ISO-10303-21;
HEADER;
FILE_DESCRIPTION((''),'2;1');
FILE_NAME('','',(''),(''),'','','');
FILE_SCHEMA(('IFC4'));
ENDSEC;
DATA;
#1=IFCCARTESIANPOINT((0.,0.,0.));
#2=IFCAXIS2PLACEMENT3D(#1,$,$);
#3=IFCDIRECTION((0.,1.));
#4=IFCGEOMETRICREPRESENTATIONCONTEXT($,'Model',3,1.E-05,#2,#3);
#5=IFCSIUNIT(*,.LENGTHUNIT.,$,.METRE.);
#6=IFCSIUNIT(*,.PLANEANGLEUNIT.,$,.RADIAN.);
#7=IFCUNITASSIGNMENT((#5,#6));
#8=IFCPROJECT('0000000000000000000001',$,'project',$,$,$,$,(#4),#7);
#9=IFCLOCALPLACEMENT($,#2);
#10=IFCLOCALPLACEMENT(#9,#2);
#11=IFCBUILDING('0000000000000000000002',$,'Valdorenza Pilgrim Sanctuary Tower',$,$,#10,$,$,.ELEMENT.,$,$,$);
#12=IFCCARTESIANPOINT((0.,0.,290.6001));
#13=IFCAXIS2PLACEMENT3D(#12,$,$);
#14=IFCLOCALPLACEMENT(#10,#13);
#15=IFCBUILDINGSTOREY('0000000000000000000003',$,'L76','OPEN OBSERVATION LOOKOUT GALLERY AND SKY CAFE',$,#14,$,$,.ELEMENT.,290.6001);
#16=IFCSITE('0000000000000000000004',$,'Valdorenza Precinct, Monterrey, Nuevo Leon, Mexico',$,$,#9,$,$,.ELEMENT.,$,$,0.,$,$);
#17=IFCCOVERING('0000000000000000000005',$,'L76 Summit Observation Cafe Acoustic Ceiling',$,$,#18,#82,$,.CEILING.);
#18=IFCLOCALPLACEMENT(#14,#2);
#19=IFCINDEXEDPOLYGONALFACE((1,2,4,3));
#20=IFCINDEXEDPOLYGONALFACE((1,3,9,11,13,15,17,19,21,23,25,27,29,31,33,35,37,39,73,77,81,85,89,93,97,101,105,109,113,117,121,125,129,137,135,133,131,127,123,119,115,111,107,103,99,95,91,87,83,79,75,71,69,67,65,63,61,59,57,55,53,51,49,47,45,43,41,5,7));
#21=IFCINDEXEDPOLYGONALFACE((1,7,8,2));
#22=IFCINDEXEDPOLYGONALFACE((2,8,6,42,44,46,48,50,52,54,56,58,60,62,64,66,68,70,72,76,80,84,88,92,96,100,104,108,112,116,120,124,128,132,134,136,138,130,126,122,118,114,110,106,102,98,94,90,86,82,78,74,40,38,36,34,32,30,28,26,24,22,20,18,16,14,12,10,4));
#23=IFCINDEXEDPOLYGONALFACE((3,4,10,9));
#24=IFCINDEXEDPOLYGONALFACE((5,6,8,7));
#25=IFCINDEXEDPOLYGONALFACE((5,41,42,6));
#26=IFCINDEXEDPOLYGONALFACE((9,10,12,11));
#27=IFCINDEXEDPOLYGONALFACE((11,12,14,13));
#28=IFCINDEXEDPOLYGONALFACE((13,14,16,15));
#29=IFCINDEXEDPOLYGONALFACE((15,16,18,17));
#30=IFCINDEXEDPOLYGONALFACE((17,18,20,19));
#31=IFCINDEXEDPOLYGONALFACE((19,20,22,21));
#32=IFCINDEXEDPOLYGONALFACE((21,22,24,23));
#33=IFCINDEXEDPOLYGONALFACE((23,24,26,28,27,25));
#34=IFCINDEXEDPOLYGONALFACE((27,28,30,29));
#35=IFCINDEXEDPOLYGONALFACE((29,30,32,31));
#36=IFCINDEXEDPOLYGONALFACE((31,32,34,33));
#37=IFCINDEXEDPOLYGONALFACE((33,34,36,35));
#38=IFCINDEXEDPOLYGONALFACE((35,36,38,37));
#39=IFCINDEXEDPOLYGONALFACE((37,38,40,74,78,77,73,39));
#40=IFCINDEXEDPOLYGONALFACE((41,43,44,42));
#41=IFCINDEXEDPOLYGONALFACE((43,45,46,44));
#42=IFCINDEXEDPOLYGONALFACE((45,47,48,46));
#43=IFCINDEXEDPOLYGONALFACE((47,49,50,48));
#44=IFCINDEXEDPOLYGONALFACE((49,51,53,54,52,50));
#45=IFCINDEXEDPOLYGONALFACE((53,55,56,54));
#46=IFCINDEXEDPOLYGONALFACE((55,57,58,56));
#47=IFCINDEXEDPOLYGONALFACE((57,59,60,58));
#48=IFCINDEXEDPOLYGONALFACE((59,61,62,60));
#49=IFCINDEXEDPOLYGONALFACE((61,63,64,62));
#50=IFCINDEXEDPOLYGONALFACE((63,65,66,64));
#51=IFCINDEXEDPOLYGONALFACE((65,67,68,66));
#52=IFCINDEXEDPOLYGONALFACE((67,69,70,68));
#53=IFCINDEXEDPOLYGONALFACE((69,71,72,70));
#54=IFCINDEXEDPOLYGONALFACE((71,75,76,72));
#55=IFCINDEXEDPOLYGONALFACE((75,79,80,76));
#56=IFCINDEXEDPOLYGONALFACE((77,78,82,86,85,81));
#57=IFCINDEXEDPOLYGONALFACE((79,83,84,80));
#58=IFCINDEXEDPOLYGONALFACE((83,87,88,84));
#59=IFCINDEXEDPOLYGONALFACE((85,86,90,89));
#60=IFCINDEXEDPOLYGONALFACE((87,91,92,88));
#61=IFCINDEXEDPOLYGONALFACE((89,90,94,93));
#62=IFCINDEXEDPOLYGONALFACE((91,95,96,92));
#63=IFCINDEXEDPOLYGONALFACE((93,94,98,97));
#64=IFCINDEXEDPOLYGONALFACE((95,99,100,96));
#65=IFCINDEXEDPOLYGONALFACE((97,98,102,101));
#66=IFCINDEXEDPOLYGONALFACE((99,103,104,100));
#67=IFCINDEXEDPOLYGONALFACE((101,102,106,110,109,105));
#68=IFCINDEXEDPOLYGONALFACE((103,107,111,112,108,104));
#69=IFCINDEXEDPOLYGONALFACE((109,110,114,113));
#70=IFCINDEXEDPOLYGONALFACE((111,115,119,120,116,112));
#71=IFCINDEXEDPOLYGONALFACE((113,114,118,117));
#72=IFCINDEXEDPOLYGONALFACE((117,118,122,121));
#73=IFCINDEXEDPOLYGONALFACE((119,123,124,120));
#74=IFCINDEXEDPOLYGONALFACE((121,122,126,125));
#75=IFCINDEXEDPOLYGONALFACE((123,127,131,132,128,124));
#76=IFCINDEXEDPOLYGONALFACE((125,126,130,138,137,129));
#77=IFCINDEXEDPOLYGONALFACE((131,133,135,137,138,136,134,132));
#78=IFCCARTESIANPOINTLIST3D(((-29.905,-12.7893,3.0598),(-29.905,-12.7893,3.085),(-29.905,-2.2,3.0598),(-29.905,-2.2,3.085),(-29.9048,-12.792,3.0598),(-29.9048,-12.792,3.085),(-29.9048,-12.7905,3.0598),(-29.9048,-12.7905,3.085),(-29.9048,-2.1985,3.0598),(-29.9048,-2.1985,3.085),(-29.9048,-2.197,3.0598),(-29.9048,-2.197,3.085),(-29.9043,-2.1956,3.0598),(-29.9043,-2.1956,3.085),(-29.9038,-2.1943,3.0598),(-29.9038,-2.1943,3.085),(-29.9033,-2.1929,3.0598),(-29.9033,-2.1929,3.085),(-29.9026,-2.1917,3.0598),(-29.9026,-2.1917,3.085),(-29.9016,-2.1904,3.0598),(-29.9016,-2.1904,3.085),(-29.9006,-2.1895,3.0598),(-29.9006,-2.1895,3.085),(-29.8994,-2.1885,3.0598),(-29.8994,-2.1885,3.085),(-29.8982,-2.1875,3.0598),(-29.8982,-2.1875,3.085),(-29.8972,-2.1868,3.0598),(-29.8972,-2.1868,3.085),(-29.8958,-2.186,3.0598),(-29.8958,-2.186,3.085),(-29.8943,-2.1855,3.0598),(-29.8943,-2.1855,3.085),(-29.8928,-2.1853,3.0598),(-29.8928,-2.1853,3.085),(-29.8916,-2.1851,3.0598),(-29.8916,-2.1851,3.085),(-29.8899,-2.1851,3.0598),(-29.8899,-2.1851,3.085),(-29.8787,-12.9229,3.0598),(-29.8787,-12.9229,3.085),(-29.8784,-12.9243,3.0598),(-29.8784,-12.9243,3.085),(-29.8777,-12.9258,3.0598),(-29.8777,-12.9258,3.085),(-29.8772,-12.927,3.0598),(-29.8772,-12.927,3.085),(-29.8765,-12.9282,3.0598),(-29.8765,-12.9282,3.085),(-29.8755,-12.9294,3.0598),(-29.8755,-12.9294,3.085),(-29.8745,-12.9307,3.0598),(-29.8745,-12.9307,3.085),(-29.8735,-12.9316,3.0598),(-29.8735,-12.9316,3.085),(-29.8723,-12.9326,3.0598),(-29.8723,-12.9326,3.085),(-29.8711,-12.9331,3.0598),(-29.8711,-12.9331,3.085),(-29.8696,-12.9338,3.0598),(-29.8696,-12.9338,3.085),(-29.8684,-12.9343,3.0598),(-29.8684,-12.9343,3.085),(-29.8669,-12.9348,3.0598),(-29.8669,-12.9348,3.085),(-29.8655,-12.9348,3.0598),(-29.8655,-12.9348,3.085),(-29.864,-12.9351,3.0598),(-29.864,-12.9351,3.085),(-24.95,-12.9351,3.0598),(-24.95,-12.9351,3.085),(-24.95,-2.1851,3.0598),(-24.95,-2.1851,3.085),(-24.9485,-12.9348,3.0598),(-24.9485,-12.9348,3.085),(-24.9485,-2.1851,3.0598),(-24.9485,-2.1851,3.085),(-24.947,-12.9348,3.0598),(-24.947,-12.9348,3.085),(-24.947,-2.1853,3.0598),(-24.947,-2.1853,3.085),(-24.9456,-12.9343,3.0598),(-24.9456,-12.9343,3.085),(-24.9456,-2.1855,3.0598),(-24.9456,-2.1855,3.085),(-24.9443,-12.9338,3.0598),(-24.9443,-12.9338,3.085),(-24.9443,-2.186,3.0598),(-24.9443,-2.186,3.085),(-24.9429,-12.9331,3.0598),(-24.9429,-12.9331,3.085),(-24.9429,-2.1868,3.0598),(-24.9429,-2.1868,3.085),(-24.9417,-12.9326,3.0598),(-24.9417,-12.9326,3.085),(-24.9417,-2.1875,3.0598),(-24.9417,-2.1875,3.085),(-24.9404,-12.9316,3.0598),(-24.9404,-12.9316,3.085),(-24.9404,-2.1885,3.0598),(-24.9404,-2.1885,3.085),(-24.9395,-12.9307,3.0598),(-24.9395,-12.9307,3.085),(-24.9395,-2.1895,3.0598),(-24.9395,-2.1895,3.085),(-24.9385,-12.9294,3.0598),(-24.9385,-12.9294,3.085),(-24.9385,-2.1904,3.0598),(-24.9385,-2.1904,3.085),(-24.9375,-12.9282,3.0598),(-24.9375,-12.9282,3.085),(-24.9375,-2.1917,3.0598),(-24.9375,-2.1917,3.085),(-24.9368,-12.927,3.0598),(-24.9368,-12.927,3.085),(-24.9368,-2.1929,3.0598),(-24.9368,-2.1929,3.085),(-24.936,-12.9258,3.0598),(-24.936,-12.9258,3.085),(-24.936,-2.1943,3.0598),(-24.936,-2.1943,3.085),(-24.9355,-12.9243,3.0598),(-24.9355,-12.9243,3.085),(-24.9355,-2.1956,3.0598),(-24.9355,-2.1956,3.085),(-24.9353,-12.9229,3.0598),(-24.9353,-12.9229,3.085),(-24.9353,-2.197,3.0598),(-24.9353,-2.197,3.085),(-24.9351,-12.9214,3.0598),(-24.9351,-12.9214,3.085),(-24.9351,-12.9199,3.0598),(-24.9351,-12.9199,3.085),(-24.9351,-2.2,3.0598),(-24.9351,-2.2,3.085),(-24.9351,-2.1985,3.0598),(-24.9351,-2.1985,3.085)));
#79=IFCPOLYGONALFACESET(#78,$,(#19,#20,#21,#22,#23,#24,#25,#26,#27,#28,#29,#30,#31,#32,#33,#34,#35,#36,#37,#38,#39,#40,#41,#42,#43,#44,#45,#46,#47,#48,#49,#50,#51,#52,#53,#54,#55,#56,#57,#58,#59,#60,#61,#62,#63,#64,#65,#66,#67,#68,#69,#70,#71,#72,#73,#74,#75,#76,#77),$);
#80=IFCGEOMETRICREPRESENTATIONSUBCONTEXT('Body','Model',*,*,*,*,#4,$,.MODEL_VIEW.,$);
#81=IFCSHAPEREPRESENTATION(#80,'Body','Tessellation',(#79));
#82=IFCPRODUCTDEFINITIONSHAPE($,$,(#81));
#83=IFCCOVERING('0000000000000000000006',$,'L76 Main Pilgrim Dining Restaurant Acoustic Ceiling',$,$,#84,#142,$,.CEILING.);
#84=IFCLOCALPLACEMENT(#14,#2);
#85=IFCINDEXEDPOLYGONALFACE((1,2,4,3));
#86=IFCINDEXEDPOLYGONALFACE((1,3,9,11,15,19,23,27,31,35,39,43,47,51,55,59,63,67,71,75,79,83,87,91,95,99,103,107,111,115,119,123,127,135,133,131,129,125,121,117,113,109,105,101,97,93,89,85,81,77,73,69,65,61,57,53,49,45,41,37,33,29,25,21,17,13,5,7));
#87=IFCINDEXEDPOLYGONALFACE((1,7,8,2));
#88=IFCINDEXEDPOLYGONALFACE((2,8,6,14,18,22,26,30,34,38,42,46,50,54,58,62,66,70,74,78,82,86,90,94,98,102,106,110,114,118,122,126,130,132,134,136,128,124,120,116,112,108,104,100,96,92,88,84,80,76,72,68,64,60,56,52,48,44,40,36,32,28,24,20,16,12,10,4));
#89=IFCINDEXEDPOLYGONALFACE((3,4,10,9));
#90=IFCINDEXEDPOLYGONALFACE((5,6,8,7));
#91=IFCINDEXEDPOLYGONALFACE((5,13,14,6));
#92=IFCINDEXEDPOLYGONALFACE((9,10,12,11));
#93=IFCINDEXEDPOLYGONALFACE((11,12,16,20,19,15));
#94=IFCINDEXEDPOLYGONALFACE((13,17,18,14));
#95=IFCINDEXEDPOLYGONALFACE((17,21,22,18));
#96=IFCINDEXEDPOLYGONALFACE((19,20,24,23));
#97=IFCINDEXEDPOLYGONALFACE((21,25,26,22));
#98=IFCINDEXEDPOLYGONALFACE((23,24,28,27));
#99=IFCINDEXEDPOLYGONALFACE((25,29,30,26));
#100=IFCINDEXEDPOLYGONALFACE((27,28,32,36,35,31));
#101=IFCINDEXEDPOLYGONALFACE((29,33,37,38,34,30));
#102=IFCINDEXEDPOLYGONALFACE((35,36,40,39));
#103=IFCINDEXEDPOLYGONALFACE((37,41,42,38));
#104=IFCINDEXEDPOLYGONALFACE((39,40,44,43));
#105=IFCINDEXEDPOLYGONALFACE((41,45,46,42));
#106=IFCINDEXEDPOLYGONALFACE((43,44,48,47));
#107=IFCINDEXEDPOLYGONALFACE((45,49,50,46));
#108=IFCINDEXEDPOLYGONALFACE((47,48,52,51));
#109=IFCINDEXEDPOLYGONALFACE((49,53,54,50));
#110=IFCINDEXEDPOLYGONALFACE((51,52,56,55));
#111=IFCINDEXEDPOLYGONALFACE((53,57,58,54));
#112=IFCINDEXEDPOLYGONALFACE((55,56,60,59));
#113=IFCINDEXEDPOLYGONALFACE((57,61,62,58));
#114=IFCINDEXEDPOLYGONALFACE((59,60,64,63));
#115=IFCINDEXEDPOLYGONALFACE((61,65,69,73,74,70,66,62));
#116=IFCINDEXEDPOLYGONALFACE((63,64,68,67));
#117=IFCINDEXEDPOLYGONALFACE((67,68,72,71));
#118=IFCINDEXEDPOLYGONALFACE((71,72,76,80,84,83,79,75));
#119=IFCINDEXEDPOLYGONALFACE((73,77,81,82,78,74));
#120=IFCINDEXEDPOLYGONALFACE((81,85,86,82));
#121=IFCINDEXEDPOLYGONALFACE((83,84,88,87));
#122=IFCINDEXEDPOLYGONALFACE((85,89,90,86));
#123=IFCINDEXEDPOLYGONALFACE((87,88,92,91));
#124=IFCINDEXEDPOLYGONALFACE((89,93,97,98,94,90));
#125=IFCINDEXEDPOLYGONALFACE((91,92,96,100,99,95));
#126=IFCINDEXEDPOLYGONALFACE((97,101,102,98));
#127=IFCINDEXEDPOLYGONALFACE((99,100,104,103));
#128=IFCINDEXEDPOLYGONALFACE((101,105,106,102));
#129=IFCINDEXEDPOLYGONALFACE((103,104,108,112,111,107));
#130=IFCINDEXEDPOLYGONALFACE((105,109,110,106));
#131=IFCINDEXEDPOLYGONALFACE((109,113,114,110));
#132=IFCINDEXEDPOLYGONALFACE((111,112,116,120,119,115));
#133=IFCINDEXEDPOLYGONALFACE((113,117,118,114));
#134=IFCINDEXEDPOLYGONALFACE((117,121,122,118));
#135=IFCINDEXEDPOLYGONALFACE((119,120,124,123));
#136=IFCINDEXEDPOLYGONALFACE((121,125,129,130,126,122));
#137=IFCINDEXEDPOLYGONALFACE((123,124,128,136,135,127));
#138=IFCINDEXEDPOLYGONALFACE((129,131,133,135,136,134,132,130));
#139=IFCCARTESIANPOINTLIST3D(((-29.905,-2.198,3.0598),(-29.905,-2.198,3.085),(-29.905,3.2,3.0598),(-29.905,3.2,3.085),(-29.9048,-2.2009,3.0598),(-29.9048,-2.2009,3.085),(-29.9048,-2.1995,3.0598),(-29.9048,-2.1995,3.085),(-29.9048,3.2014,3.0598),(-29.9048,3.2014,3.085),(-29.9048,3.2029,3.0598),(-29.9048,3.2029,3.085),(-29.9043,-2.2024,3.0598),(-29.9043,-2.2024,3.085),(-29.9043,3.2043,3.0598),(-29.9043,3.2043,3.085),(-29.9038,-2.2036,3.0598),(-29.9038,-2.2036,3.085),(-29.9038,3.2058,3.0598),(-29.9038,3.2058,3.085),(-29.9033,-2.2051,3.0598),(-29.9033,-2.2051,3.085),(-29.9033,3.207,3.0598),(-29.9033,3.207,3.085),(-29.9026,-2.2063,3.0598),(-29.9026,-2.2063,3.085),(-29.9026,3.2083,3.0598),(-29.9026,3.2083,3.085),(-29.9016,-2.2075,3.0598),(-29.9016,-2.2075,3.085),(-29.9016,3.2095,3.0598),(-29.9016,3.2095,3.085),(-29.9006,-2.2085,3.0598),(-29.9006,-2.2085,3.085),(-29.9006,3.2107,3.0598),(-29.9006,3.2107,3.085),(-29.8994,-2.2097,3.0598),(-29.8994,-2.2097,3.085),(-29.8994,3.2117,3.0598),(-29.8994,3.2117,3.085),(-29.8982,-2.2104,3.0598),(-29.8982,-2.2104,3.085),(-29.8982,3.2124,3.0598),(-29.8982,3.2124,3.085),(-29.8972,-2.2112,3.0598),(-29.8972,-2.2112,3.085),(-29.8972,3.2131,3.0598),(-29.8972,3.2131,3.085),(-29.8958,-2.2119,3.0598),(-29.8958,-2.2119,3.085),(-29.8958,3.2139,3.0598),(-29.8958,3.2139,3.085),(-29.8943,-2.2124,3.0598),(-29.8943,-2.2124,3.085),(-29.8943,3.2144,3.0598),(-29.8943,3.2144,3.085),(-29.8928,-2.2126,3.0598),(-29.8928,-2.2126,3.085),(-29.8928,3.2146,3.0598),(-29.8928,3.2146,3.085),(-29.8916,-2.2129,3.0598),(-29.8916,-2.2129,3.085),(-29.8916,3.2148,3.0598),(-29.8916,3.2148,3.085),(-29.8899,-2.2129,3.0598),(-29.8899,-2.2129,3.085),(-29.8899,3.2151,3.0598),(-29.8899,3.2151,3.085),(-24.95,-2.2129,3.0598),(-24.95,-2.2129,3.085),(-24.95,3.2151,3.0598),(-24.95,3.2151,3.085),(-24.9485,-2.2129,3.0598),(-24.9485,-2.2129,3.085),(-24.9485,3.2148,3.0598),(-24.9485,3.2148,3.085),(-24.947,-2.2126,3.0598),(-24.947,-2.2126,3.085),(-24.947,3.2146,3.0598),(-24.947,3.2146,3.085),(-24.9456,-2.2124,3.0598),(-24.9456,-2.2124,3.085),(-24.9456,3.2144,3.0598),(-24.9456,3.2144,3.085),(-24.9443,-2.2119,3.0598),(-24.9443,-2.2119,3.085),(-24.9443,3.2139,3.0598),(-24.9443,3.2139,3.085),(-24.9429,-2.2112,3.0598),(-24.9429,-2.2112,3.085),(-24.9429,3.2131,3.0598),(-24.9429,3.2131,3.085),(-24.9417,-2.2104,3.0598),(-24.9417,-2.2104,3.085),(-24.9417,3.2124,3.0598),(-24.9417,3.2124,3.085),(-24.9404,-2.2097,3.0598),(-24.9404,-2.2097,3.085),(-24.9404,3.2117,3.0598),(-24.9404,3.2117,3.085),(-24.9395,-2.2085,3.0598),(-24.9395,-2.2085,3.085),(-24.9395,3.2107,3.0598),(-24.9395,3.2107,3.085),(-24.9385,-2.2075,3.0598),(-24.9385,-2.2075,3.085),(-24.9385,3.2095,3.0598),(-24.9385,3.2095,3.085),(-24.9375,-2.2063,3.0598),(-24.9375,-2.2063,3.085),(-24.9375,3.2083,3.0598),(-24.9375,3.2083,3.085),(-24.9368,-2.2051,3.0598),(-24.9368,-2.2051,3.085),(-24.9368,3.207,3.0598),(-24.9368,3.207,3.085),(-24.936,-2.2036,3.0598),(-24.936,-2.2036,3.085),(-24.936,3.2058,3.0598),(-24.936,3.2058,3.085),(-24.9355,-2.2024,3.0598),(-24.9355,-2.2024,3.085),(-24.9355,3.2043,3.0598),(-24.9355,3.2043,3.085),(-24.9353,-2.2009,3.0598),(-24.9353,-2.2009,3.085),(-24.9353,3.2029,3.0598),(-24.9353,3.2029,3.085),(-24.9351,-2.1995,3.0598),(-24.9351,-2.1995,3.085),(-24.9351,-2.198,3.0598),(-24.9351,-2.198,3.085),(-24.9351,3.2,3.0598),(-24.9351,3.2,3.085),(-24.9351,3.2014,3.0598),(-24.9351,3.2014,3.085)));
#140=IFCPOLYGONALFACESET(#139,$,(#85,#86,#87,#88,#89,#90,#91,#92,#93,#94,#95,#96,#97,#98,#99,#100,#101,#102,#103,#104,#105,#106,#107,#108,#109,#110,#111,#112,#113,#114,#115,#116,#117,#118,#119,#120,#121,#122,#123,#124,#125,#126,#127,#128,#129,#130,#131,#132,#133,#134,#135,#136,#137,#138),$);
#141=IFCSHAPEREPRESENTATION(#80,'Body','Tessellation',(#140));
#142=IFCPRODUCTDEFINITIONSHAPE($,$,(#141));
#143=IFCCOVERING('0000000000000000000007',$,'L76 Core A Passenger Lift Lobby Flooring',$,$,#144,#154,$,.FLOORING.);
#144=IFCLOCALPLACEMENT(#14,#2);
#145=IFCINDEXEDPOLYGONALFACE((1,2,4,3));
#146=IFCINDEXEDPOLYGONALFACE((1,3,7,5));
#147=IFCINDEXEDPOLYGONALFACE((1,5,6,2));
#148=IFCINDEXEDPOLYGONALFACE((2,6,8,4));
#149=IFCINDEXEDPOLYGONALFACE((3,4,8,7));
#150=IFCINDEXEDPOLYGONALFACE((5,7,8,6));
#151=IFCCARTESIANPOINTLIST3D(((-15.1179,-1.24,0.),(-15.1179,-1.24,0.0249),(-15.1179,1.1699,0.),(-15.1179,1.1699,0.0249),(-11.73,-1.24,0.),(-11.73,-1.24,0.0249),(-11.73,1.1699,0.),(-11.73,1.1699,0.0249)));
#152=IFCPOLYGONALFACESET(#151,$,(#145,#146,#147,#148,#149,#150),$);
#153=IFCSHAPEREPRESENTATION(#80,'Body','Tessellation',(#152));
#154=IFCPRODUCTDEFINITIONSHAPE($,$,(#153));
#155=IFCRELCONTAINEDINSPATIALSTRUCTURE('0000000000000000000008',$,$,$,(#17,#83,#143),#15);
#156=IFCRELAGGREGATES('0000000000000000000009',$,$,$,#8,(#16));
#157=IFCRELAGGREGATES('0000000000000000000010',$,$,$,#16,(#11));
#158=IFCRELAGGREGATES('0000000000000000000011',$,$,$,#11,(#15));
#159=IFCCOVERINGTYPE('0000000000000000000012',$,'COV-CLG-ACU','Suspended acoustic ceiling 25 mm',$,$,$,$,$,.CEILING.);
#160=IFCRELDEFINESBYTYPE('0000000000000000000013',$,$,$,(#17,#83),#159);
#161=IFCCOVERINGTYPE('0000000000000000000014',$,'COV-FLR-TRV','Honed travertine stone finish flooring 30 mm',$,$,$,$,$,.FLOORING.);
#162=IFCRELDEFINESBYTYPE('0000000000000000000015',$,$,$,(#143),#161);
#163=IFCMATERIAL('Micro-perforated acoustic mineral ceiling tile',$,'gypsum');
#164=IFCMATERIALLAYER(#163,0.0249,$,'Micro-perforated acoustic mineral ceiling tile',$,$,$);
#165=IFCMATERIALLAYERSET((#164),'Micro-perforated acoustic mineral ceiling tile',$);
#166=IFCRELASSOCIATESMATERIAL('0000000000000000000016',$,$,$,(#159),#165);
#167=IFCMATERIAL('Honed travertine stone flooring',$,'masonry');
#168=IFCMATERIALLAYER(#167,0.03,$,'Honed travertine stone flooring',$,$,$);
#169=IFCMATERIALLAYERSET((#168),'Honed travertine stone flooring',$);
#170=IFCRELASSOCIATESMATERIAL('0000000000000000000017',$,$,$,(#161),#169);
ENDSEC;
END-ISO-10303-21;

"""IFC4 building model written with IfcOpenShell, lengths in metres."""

from ifc_helpers import new_model, si_unit, direction, frame, origin, place, context, subcontext, project, spatial, polyline, outline, extrude, material, layer, layer_set, type_object, element, save


model = new_model("IFC4")

# Units and contexts
model_context = context("Model", 3, precision=1e-05, world=origin(), true_north=direction((0.0, 1.0)))
body_context = subcontext(model_context, "Body", "Model", "MODEL_VIEW")
ifc_project = project(units=[si_unit("LENGTHUNIT", "METRE"), si_unit("PLANEANGLEUNIT", "RADIAN")], contexts=[model_context])

# Site, building, storey
site_placement = place(None, origin())
site = spatial("IfcSite", under=ifc_project, at=site_placement, Name="Valdorenza Precinct, Monterrey, Nuevo Leon, Mexico", CompositionType="ELEMENT", RefElevation=0.0)
building_placement = place(site_placement, origin())
building = spatial("IfcBuilding", under=site, at=building_placement, Name="Valdorenza Pilgrim Sanctuary Tower", CompositionType="ELEMENT")
storey_placement = place(building_placement, frame((0.0, 0.0, 290.6001)))
storey = spatial("IfcBuildingStorey", under=building, at=storey_placement, Name="L76", Description="OPEN OBSERVATION LOOKOUT GALLERY AND SKY CAFE", CompositionType="ELEMENT", Elevation=290.6001)

# Coverings
ifc_material_1 = material(Name="Micro-perforated acoustic mineral ceiling tile", Category="gypsum")
ifc_layer_1 = layer(ifc_material_1, 0.0249, Name="Micro-perforated acoustic mineral ceiling tile")
ifc_layer_set_1 = layer_set([ifc_layer_1], Name="Micro-perforated acoustic mineral ceiling tile")
covering_type_1 = type_object("IfcCoveringType", Name="COV-CLG-ACU", Description="Suspended acoustic ceiling 25 mm", PredefinedType="CEILING", material=ifc_layer_set_1)
covering_1_placement = place(storey_placement, frame((0.0, 0.0, 3.0598)))
element("IfcCovering", 1, at=covering_1_placement, inside=storey, type_object=covering_type_1, Name="L76 Summit Observation Cafe Acoustic Ceiling", PredefinedType="CEILING", context=body_context, shape_type="SweptSolid", body=[
    extrude(outline(polyline([(-24.9351, -12.9199), (-24.9351, -12.9214), (-24.9353, -12.9229), (-24.9355, -12.9243), (-24.936, -12.9258), (-24.9368, -12.927), (-24.9375, -12.9282), (-24.9385, -12.9294), (-24.9395, -12.9307), (-24.9404, -12.9316), (-24.9417, -12.9326), (-24.9429, -12.9331), (-24.9443, -12.9338), (-24.9456, -12.9343), (-24.947, -12.9348), (-24.9485, -12.9348), (-24.95, -12.9351), (-29.864, -12.9351), (-29.8655, -12.9348), (-29.8669, -12.9348), (-29.8684, -12.9343), (-29.8696, -12.9338), (-29.8711, -12.9331), (-29.8723, -12.9326), (-29.8735, -12.9316), (-29.8745, -12.9307), (-29.8755, -12.9294), (-29.8765, -12.9282), (-29.8772, -12.927), (-29.8777, -12.9258), (-29.8784, -12.9243), (-29.8787, -12.9229), (-29.9048, -12.792), (-29.9048, -12.7905), (-29.905, -12.7893), (-29.905, -2.2), (-29.9048, -2.1985), (-29.9048, -2.197), (-29.9043, -2.1956), (-29.9038, -2.1943), (-29.9033, -2.1929), (-29.9026, -2.1917), (-29.9016, -2.1904), (-29.9006, -2.1895), (-29.8994, -2.1885), (-29.8982, -2.1875), (-29.8972, -2.1868), (-29.8958, -2.186), (-29.8943, -2.1855), (-29.8928, -2.1853), (-29.8916, -2.1851), (-29.8899, -2.1851), (-24.95, -2.1851), (-24.9485, -2.1851), (-24.947, -2.1853), (-24.9456, -2.1855), (-24.9443, -2.186), (-24.9429, -2.1868), (-24.9417, -2.1875), (-24.9404, -2.1885), (-24.9395, -2.1895), (-24.9385, -2.1904), (-24.9375, -2.1917), (-24.9368, -2.1929), (-24.936, -2.1943), (-24.9355, -2.1956), (-24.9353, -2.197), (-24.9351, -2.1985), (-24.9351, -2.2), (-24.9351, -12.9199)])), origin(), (0.0, 0.0, 1.0), 0.0251),
])
covering_2_placement = place(storey_placement, frame((0.0, 0.0, 3.0598)))
element("IfcCovering", 2, at=covering_2_placement, inside=storey, type_object=covering_type_1, Name="L76 Main Pilgrim Dining Restaurant Acoustic Ceiling", PredefinedType="CEILING", context=body_context, shape_type="SweptSolid", body=[
    extrude(outline(polyline([(-24.9351, -2.198), (-24.9351, -2.1995), (-24.9353, -2.2009), (-24.9355, -2.2024), (-24.936, -2.2036), (-24.9368, -2.2051), (-24.9375, -2.2063), (-24.9385, -2.2075), (-24.9395, -2.2085), (-24.9404, -2.2097), (-24.9417, -2.2104), (-24.9429, -2.2112), (-24.9443, -2.2119), (-24.9456, -2.2124), (-24.947, -2.2126), (-24.9485, -2.2129), (-24.95, -2.2129), (-29.8899, -2.2129), (-29.8916, -2.2129), (-29.8928, -2.2126), (-29.8943, -2.2124), (-29.8958, -2.2119), (-29.8972, -2.2112), (-29.8982, -2.2104), (-29.8994, -2.2097), (-29.9006, -2.2085), (-29.9016, -2.2075), (-29.9026, -2.2063), (-29.9033, -2.2051), (-29.9038, -2.2036), (-29.9043, -2.2024), (-29.9048, -2.2009), (-29.9048, -2.1995), (-29.905, -2.198), (-29.905, 3.2), (-29.9048, 3.2014), (-29.9048, 3.2029), (-29.9043, 3.2043), (-29.9038, 3.2058), (-29.9033, 3.207), (-29.9026, 3.2083), (-29.9016, 3.2095), (-29.9006, 3.2107), (-29.8994, 3.2117), (-29.8982, 3.2124), (-29.8972, 3.2131), (-29.8958, 3.2139), (-29.8943, 3.2144), (-29.8928, 3.2146), (-29.8916, 3.2148), (-29.8899, 3.2151), (-24.95, 3.2151), (-24.9485, 3.2148), (-24.947, 3.2146), (-24.9456, 3.2144), (-24.9443, 3.2139), (-24.9429, 3.2131), (-24.9417, 3.2124), (-24.9404, 3.2117), (-24.9395, 3.2107), (-24.9385, 3.2095), (-24.9375, 3.2083), (-24.9368, 3.207), (-24.936, 3.2058), (-24.9355, 3.2043), (-24.9353, 3.2029), (-24.9351, 3.2014), (-24.9351, 3.2), (-24.9351, -2.198)])), origin(), (0.0, 0.0, 1.0), 0.0251),
])
ifc_material_2 = material(Name="Honed travertine stone flooring", Category="masonry")
ifc_layer_2 = layer(ifc_material_2, 0.03, Name="Honed travertine stone flooring")
ifc_layer_set_2 = layer_set([ifc_layer_2], Name="Honed travertine stone flooring")
covering_type_2 = type_object("IfcCoveringType", Name="COV-FLR-TRV", Description="Honed travertine stone finish flooring 30 mm", PredefinedType="FLOORING", material=ifc_layer_set_2)
covering_3_placement = place(storey_placement, origin())
element("IfcCovering", 3, at=covering_3_placement, inside=storey, type_object=covering_type_2, Name="L76 Core A Passenger Lift Lobby Flooring", PredefinedType="FLOORING", context=body_context, shape_type="SweptSolid", body=[
    extrude(outline(polyline([(-15.1179, 1.1699), (-11.73, 1.1699), (-11.73, -1.24), (-15.1179, -1.24), (-15.1179, 1.1699)])), origin(), (0.0, 0.0, 1.0), 0.0249),
])

save(model, "model.ifc")
